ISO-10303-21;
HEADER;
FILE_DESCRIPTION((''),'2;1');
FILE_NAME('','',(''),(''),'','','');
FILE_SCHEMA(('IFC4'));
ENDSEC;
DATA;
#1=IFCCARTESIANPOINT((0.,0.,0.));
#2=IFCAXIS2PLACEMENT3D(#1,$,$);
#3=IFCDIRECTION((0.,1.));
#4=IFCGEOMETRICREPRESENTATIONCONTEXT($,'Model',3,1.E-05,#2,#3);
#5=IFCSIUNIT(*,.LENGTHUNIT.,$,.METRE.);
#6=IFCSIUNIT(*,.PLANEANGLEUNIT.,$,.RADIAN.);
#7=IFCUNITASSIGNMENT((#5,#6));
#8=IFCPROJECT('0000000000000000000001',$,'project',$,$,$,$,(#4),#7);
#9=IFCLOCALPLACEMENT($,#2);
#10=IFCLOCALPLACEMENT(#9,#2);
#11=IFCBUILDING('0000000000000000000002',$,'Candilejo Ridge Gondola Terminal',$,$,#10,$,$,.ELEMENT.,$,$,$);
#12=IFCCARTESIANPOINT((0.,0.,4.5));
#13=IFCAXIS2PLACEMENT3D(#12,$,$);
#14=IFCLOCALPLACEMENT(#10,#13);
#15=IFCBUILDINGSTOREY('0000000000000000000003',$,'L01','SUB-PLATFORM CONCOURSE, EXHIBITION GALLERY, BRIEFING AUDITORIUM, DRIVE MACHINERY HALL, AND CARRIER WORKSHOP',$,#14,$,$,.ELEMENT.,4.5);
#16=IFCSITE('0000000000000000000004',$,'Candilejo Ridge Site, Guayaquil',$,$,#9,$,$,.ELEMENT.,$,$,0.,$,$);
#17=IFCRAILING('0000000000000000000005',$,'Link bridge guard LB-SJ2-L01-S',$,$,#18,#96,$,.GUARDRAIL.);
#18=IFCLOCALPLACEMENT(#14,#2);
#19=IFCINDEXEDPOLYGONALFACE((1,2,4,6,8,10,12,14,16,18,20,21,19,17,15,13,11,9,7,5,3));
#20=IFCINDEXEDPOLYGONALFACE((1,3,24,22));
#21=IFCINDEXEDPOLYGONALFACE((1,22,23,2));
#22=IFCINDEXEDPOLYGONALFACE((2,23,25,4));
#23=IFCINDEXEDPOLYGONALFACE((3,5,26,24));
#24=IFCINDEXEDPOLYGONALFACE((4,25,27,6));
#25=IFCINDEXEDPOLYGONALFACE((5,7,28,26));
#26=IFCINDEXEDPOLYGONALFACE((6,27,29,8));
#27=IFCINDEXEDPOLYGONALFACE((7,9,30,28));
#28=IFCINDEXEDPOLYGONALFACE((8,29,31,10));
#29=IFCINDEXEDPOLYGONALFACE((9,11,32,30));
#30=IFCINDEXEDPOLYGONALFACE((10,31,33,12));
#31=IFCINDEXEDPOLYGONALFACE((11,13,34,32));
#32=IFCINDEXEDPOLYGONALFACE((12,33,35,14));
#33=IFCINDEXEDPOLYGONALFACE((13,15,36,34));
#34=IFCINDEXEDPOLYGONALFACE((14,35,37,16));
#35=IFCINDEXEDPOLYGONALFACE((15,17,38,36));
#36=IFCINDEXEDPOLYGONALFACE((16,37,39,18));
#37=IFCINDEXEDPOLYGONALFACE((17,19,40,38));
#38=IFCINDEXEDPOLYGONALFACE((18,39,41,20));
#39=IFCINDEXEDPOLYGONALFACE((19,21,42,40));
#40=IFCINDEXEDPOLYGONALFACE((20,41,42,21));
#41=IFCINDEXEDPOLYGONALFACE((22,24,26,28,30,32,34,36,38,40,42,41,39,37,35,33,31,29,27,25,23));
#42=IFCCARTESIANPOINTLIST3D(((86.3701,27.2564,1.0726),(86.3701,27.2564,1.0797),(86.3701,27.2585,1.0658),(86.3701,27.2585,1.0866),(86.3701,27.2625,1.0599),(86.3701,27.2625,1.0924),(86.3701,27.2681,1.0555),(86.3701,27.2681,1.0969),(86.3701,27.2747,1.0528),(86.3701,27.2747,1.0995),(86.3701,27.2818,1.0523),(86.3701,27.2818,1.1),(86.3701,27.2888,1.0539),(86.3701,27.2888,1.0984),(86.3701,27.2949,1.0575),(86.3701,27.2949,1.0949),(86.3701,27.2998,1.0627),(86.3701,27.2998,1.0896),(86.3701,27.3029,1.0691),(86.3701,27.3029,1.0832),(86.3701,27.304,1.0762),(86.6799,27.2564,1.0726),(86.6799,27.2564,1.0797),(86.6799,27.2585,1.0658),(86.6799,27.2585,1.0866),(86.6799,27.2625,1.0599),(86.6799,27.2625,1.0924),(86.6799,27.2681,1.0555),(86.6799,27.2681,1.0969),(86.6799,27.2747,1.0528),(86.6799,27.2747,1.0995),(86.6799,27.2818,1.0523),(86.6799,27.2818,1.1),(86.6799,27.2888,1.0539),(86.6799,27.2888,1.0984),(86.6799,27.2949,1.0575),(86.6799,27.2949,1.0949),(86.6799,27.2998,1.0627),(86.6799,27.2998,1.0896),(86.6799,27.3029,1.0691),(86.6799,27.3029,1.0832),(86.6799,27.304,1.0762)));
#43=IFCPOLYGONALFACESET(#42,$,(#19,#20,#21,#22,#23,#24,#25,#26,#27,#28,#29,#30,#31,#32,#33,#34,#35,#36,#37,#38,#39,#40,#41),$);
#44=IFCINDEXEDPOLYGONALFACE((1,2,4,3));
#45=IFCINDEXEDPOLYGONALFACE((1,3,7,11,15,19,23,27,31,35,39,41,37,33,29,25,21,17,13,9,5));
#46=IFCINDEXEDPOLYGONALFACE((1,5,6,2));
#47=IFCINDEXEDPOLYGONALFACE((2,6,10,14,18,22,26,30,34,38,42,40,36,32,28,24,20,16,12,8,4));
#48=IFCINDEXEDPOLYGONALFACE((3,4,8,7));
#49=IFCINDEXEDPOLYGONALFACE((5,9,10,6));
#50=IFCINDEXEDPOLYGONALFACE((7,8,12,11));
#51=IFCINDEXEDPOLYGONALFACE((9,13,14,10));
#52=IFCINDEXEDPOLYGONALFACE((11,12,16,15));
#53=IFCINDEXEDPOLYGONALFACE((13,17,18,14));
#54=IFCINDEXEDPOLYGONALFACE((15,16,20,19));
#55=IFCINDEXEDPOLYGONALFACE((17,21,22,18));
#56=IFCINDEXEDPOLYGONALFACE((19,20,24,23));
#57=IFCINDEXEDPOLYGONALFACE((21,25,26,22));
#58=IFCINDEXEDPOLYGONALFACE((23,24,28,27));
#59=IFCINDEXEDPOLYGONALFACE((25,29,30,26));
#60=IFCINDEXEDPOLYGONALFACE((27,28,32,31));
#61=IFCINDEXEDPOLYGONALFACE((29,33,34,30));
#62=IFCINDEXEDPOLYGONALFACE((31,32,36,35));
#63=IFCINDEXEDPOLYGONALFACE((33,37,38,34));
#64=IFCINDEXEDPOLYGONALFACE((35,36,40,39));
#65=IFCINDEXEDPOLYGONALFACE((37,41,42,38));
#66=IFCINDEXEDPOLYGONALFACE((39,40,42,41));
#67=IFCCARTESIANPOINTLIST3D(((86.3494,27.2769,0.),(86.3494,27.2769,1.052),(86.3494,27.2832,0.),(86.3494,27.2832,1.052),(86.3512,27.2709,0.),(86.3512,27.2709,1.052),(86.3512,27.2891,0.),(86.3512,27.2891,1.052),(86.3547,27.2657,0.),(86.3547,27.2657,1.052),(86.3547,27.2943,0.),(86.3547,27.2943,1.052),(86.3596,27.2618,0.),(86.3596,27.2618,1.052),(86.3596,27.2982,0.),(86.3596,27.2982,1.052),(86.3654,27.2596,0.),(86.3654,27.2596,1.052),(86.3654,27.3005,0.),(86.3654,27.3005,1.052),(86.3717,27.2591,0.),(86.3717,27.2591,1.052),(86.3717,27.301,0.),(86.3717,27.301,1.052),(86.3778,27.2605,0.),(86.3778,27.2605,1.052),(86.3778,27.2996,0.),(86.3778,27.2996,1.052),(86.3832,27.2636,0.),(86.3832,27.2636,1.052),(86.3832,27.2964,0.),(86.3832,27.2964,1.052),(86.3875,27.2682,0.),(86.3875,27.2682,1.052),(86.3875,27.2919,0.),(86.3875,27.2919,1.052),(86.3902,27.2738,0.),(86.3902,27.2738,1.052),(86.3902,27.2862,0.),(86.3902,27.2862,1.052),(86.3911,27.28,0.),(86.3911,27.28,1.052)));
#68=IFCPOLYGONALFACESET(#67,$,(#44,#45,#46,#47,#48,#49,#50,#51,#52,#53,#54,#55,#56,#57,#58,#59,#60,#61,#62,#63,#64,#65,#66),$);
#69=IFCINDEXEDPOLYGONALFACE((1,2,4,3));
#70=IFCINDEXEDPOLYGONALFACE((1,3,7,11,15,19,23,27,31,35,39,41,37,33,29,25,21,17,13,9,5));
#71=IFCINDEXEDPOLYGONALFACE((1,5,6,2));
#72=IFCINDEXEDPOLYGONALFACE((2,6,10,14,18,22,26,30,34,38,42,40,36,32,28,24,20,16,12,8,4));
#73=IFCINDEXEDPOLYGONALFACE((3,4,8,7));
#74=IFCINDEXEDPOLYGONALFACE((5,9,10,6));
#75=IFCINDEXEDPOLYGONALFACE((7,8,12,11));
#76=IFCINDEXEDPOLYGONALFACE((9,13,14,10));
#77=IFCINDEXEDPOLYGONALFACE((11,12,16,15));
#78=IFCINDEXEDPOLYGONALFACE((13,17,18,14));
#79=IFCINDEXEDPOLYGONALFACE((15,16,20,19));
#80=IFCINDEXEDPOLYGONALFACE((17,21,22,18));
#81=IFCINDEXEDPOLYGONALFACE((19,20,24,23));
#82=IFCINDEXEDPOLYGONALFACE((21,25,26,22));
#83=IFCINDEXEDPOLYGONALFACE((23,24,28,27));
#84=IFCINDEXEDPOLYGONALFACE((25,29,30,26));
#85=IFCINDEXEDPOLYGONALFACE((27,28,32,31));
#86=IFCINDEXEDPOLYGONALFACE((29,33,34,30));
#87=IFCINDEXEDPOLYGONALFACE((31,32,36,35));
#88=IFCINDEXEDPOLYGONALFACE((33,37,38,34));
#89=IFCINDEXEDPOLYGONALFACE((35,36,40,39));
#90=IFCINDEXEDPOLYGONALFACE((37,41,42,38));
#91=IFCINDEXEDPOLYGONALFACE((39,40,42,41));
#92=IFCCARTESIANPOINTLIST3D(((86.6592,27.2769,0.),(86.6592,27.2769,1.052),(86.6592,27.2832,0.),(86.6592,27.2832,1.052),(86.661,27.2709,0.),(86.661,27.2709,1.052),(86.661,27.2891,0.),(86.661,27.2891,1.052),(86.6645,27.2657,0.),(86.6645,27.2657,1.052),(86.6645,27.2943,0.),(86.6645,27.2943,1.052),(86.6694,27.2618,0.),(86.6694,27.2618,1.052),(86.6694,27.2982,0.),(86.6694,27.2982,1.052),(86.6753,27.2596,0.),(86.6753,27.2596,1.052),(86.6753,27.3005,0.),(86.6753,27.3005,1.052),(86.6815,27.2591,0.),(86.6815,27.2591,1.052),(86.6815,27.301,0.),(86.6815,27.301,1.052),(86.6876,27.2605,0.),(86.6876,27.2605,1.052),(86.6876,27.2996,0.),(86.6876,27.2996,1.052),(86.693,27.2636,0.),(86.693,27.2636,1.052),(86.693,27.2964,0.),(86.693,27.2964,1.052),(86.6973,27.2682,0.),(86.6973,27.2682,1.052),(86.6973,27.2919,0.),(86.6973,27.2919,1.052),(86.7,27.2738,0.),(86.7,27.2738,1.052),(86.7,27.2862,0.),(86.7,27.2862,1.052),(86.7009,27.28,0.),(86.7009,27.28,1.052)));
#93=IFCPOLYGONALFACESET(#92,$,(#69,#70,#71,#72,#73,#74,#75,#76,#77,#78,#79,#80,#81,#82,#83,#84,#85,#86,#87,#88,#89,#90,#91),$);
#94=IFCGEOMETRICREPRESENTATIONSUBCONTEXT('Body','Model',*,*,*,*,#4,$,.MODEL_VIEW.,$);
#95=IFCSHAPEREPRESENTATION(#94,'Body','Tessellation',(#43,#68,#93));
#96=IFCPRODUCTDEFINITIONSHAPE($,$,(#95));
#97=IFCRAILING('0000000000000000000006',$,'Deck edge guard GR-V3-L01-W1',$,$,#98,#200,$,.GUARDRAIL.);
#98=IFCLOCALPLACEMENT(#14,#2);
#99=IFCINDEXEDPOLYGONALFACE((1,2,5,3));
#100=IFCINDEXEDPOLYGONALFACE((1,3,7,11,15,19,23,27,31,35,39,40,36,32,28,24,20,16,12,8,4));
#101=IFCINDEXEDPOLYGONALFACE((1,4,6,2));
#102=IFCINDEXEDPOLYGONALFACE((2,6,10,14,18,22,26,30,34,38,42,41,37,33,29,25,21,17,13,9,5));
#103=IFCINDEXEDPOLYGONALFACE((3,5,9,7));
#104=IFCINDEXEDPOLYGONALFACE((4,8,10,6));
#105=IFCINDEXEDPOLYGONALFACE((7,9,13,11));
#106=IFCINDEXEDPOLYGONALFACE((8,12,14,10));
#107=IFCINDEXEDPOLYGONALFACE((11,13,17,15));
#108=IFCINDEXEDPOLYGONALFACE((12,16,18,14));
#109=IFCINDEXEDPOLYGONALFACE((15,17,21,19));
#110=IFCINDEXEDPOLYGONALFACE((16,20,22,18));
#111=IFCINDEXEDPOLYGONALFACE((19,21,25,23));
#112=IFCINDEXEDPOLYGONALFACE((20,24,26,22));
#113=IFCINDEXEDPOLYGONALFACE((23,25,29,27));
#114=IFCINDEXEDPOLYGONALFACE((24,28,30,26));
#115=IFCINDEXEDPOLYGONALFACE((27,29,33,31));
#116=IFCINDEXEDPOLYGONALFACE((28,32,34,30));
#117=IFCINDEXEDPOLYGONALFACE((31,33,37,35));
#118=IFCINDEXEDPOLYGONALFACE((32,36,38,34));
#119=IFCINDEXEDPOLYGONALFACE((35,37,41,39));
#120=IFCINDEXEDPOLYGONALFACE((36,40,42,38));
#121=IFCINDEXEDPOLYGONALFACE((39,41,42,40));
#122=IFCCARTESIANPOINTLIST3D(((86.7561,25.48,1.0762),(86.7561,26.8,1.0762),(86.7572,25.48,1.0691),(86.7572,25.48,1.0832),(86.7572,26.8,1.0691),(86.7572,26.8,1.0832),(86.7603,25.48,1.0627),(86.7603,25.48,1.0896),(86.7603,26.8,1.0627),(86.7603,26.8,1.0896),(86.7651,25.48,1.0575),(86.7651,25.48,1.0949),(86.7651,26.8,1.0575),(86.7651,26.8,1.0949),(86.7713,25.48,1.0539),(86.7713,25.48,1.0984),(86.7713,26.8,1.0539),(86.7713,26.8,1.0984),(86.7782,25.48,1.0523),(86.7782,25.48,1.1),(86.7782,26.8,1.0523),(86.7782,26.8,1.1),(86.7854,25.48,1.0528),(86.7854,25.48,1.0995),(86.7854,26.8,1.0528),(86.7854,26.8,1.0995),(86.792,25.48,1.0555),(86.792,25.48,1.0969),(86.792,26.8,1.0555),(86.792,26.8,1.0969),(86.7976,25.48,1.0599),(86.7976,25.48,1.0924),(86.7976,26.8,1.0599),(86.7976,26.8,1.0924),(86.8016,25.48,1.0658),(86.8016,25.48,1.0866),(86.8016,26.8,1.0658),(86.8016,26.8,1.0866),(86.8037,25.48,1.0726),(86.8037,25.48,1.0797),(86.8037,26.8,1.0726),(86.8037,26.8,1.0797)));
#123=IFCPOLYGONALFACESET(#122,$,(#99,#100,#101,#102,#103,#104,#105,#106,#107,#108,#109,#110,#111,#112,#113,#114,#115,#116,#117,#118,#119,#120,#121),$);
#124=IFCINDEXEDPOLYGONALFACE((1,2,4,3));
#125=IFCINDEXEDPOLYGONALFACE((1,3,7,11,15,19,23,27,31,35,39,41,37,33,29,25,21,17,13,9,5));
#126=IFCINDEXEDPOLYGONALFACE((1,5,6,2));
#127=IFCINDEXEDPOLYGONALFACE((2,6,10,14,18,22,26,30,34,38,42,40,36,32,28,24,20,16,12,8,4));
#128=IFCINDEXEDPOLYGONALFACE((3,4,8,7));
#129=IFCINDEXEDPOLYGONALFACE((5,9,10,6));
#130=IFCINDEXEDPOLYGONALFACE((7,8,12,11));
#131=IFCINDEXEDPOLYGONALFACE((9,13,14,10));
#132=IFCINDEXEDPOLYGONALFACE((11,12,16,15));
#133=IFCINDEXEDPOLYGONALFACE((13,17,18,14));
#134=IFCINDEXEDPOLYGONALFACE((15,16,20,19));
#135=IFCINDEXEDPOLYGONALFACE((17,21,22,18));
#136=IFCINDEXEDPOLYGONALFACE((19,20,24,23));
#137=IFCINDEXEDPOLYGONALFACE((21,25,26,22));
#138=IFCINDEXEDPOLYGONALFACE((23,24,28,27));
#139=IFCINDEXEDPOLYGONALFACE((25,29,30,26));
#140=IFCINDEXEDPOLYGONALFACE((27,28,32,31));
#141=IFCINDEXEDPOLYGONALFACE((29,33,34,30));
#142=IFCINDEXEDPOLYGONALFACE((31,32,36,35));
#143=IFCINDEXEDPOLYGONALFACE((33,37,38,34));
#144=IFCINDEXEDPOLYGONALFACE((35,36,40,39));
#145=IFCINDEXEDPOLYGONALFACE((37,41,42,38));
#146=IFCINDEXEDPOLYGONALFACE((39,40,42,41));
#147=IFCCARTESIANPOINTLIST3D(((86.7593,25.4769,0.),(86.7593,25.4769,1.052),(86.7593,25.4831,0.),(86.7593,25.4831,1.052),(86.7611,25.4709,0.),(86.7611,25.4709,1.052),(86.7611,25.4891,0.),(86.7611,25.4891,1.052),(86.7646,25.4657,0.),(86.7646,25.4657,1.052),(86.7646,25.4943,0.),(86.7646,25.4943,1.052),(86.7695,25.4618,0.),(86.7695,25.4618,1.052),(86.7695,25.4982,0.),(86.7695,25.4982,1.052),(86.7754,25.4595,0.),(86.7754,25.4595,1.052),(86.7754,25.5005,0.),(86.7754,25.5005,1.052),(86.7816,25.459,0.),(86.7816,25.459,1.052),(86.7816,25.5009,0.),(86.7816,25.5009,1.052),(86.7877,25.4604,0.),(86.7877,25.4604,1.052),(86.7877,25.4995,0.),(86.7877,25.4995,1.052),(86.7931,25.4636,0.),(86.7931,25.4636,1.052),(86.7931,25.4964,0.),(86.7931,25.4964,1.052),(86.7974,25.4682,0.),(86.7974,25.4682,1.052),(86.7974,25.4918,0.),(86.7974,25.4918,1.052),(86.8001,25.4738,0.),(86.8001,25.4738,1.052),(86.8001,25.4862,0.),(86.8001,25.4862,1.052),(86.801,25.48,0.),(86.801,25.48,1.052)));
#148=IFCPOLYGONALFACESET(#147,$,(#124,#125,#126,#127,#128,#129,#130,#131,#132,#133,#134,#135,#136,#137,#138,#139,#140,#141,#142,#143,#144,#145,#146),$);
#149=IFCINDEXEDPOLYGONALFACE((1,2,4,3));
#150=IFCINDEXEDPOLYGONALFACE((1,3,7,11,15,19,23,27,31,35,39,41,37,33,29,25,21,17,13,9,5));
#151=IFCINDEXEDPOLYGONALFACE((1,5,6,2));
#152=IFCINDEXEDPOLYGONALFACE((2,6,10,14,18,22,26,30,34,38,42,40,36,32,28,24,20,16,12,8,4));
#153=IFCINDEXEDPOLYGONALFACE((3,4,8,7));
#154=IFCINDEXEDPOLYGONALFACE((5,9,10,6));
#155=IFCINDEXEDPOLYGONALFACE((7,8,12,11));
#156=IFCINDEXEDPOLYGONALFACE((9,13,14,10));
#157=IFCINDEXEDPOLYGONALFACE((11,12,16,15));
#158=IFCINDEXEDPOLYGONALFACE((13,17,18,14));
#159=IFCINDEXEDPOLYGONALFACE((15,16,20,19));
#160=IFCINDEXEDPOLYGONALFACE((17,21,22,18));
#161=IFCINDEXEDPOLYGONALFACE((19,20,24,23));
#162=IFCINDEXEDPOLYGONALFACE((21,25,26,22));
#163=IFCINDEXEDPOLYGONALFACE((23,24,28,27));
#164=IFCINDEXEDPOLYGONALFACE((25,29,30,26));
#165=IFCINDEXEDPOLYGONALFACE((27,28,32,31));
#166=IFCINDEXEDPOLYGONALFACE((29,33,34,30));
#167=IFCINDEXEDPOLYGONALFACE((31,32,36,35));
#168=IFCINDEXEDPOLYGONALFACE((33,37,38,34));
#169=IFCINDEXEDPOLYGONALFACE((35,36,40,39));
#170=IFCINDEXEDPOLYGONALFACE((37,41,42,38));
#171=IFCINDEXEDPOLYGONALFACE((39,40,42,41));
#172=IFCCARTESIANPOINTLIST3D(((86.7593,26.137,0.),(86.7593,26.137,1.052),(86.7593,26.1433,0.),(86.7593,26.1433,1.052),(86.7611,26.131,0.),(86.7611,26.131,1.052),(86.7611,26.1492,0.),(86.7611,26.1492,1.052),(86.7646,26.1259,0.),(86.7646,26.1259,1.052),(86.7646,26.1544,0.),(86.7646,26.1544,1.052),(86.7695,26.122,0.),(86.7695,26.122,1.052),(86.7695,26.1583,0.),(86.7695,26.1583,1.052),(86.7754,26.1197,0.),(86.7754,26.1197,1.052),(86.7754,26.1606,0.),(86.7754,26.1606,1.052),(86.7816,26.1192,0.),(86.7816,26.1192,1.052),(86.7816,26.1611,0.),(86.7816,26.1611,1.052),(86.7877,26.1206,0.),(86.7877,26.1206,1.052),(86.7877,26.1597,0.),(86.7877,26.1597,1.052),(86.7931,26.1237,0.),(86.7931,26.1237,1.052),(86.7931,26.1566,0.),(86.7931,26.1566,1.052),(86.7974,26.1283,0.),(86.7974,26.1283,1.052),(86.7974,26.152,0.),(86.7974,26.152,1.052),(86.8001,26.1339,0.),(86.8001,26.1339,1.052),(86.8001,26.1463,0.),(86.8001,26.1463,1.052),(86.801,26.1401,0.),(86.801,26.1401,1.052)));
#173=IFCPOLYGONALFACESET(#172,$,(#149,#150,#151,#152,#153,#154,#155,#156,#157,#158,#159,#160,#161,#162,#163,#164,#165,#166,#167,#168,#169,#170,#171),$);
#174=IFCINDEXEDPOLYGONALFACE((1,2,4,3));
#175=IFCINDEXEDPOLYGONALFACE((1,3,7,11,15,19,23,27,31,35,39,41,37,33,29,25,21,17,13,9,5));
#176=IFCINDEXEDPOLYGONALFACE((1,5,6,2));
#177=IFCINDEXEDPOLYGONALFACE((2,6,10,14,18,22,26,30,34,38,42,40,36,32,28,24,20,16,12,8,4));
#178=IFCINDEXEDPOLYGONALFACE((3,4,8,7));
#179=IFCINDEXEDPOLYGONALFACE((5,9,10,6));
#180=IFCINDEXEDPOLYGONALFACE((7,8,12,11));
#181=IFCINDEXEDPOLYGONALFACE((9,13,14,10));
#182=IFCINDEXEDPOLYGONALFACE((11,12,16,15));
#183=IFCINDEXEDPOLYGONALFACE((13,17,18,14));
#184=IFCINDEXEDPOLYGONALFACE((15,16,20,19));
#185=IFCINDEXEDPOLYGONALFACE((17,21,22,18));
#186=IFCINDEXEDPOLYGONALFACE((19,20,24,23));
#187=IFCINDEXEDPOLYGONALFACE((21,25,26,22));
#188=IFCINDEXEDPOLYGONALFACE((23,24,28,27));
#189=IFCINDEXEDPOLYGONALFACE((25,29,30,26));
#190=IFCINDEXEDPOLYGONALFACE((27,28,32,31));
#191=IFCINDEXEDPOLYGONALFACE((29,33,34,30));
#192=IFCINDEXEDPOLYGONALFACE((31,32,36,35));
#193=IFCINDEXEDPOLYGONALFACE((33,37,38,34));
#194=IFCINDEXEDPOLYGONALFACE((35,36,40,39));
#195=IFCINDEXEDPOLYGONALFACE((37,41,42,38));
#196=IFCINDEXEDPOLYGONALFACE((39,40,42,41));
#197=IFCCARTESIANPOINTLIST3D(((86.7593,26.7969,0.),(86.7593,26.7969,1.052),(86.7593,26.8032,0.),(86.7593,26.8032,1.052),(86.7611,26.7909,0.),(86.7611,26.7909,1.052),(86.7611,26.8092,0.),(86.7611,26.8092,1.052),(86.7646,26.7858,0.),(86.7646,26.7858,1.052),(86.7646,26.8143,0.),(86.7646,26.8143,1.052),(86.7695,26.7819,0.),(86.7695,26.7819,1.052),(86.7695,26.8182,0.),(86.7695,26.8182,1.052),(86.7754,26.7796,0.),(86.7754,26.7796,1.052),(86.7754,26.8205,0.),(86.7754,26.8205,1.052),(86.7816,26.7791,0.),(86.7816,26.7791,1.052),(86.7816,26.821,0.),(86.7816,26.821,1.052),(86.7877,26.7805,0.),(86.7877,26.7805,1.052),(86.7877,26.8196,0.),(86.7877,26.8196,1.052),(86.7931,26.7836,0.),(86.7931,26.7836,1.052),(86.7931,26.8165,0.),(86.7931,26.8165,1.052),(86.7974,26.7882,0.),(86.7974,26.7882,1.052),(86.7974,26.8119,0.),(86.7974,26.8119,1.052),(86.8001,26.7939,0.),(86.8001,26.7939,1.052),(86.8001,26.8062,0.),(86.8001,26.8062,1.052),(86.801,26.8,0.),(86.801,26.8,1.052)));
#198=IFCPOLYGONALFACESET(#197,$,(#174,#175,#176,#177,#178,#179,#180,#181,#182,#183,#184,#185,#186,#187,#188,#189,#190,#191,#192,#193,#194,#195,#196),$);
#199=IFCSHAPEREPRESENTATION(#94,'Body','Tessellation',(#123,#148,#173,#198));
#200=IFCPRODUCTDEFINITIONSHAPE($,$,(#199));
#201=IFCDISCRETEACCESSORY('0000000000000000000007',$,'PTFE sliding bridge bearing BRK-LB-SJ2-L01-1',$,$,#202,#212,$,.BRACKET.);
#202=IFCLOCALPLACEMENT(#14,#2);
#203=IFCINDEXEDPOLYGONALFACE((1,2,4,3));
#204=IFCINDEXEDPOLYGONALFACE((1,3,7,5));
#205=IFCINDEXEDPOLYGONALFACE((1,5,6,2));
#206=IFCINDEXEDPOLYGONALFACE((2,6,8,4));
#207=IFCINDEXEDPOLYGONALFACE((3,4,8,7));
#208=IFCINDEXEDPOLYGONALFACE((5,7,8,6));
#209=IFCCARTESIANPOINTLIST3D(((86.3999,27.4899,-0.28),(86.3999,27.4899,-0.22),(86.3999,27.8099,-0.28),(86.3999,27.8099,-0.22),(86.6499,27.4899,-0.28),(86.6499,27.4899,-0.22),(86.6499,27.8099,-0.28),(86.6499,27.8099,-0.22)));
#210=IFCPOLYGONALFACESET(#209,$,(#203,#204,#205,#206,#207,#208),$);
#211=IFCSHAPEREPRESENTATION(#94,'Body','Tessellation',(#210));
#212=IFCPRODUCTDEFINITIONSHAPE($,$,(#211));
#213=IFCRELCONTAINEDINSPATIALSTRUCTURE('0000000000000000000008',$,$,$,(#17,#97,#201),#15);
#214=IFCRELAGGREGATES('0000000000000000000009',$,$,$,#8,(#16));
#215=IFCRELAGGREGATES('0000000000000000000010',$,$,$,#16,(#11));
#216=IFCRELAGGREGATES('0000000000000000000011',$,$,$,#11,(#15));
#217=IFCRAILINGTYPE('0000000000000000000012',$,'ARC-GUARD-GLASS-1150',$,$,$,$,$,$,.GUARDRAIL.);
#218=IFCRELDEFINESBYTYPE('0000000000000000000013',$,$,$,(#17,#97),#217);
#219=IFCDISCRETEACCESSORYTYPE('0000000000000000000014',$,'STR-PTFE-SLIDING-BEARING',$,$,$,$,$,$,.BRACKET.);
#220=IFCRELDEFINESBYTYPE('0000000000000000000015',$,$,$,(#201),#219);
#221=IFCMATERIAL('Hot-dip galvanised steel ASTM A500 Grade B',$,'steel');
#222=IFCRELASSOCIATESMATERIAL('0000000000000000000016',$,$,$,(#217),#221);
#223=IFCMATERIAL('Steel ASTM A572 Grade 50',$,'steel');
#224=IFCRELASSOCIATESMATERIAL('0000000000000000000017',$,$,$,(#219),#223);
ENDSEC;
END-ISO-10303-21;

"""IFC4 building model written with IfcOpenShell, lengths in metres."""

from ifc_helpers import new_model, si_unit, direction, frame, origin, origin_2d, place, context, subcontext, project, spatial, rectangle, circle, extrude, material, type_object, element, save


model = new_model("IFC4")

# Units and contexts
model_context = context("Model", 3, precision=1e-05, world=origin(), true_north=direction((0.0, 1.0)))
body_context = subcontext(model_context, "Body", "Model", "MODEL_VIEW")
ifc_project = project(units=[si_unit("LENGTHUNIT", "METRE"), si_unit("PLANEANGLEUNIT", "RADIAN")], contexts=[model_context])

# Site, building, storey
site_placement = place(None, origin())
site = spatial("IfcSite", under=ifc_project, at=site_placement, Name="Candilejo Ridge Site, Guayaquil", CompositionType="ELEMENT", RefElevation=0.0)
building_placement = place(site_placement, origin())
building = spatial("IfcBuilding", under=site, at=building_placement, Name="Candilejo Ridge Gondola Terminal", CompositionType="ELEMENT")
storey_placement = place(building_placement, frame((0.0, 0.0, 4.5)))
storey = spatial("IfcBuildingStorey", under=building, at=storey_placement, Name="L01", Description="SUB-PLATFORM CONCOURSE, EXHIBITION GALLERY, BRIEFING AUDITORIUM, DRIVE MACHINERY HALL, AND CARRIER WORKSHOP", CompositionType="ELEMENT", Elevation=4.5)

# Railings
ifc_material_1 = material(Name="Hot-dip galvanised steel ASTM A500 Grade B", Category="steel")
railing_type = type_object("IfcRailingType", Name="ARC-GUARD-GLASS-1150", PredefinedType="GUARDRAIL", material=ifc_material_1)
railing_1_placement = place(storey_placement, frame((86.3701, 27.28, 0.0)))
element("IfcRailing", 1, at=railing_1_placement, inside=storey, type_object=railing_type, Name="Link bridge guard LB-SJ2-L01-S", PredefinedType="GUARDRAIL", context=body_context, shape_type="SweptSolid", body=[
    extrude(circle(Radius=0.0239, at=origin_2d()), frame((0.0, 0.0, 1.0762), z_axis=(1.0, 0.0, 0.0), x_axis=(0.0, 1.0, 0.0)), (0.0, 0.0, 1.0), 0.3098),
    extrude(circle(Radius=0.021, at=origin_2d()), origin(), (0.0, 0.0, 1.0), 1.052),
    extrude(circle(Radius=0.021, at=origin_2d()), frame((0.3098, 0.0, 0.0)), (0.0, 0.0, 1.0), 1.052),
])
railing_2_placement = place(storey_placement, frame((86.78, 25.48, 0.0)))
element("IfcRailing", 2, at=railing_2_placement, inside=storey, type_object=railing_type, Name="Deck edge guard GR-V3-L01-W1", PredefinedType="GUARDRAIL", context=body_context, shape_type="SweptSolid", body=[
    extrude(circle(Radius=0.0239, at=origin_2d()), frame((0.0, 0.0, 1.0762), z_axis=(0.0, 1.0, 0.0), x_axis=(-1.0, 0.0, 0.0)), (0.0, 0.0, 1.0), 1.3201),
    extrude(circle(Radius=0.021, at=origin_2d()), origin(), (0.0, 0.0, 1.0), 1.052),
    extrude(circle(Radius=0.021, at=origin_2d()), frame((0.0, 0.6602, 0.0)), (0.0, 0.0, 1.0), 1.052),
    extrude(circle(Radius=0.021, at=origin_2d()), frame((0.0, 1.3201, 0.0)), (0.0, 0.0, 1.0), 1.052),
])

# Discrete accessory
ifc_material_2 = material(Name="Steel ASTM A572 Grade 50", Category="steel")
discrete_accessory_type = type_object("IfcDiscreteAccessoryType", Name="STR-PTFE-SLIDING-BEARING", PredefinedType="BRACKET", material=ifc_material_2)
discrete_accessory_placement = place(storey_placement, frame((86.5249, 27.6499, -0.28)))
element("IfcDiscreteAccessory", 3, at=discrete_accessory_placement, inside=storey, type_object=discrete_accessory_type, Name="PTFE sliding bridge bearing BRK-LB-SJ2-L01-1", PredefinedType="BRACKET", context=body_context, shape_type="SweptSolid", body=[
    extrude(rectangle(XDim=0.25, YDim=0.3201, at=origin_2d()), origin(), (0.0, 0.0, 1.0), 0.0601),
])

save(model, "model.ifc")
